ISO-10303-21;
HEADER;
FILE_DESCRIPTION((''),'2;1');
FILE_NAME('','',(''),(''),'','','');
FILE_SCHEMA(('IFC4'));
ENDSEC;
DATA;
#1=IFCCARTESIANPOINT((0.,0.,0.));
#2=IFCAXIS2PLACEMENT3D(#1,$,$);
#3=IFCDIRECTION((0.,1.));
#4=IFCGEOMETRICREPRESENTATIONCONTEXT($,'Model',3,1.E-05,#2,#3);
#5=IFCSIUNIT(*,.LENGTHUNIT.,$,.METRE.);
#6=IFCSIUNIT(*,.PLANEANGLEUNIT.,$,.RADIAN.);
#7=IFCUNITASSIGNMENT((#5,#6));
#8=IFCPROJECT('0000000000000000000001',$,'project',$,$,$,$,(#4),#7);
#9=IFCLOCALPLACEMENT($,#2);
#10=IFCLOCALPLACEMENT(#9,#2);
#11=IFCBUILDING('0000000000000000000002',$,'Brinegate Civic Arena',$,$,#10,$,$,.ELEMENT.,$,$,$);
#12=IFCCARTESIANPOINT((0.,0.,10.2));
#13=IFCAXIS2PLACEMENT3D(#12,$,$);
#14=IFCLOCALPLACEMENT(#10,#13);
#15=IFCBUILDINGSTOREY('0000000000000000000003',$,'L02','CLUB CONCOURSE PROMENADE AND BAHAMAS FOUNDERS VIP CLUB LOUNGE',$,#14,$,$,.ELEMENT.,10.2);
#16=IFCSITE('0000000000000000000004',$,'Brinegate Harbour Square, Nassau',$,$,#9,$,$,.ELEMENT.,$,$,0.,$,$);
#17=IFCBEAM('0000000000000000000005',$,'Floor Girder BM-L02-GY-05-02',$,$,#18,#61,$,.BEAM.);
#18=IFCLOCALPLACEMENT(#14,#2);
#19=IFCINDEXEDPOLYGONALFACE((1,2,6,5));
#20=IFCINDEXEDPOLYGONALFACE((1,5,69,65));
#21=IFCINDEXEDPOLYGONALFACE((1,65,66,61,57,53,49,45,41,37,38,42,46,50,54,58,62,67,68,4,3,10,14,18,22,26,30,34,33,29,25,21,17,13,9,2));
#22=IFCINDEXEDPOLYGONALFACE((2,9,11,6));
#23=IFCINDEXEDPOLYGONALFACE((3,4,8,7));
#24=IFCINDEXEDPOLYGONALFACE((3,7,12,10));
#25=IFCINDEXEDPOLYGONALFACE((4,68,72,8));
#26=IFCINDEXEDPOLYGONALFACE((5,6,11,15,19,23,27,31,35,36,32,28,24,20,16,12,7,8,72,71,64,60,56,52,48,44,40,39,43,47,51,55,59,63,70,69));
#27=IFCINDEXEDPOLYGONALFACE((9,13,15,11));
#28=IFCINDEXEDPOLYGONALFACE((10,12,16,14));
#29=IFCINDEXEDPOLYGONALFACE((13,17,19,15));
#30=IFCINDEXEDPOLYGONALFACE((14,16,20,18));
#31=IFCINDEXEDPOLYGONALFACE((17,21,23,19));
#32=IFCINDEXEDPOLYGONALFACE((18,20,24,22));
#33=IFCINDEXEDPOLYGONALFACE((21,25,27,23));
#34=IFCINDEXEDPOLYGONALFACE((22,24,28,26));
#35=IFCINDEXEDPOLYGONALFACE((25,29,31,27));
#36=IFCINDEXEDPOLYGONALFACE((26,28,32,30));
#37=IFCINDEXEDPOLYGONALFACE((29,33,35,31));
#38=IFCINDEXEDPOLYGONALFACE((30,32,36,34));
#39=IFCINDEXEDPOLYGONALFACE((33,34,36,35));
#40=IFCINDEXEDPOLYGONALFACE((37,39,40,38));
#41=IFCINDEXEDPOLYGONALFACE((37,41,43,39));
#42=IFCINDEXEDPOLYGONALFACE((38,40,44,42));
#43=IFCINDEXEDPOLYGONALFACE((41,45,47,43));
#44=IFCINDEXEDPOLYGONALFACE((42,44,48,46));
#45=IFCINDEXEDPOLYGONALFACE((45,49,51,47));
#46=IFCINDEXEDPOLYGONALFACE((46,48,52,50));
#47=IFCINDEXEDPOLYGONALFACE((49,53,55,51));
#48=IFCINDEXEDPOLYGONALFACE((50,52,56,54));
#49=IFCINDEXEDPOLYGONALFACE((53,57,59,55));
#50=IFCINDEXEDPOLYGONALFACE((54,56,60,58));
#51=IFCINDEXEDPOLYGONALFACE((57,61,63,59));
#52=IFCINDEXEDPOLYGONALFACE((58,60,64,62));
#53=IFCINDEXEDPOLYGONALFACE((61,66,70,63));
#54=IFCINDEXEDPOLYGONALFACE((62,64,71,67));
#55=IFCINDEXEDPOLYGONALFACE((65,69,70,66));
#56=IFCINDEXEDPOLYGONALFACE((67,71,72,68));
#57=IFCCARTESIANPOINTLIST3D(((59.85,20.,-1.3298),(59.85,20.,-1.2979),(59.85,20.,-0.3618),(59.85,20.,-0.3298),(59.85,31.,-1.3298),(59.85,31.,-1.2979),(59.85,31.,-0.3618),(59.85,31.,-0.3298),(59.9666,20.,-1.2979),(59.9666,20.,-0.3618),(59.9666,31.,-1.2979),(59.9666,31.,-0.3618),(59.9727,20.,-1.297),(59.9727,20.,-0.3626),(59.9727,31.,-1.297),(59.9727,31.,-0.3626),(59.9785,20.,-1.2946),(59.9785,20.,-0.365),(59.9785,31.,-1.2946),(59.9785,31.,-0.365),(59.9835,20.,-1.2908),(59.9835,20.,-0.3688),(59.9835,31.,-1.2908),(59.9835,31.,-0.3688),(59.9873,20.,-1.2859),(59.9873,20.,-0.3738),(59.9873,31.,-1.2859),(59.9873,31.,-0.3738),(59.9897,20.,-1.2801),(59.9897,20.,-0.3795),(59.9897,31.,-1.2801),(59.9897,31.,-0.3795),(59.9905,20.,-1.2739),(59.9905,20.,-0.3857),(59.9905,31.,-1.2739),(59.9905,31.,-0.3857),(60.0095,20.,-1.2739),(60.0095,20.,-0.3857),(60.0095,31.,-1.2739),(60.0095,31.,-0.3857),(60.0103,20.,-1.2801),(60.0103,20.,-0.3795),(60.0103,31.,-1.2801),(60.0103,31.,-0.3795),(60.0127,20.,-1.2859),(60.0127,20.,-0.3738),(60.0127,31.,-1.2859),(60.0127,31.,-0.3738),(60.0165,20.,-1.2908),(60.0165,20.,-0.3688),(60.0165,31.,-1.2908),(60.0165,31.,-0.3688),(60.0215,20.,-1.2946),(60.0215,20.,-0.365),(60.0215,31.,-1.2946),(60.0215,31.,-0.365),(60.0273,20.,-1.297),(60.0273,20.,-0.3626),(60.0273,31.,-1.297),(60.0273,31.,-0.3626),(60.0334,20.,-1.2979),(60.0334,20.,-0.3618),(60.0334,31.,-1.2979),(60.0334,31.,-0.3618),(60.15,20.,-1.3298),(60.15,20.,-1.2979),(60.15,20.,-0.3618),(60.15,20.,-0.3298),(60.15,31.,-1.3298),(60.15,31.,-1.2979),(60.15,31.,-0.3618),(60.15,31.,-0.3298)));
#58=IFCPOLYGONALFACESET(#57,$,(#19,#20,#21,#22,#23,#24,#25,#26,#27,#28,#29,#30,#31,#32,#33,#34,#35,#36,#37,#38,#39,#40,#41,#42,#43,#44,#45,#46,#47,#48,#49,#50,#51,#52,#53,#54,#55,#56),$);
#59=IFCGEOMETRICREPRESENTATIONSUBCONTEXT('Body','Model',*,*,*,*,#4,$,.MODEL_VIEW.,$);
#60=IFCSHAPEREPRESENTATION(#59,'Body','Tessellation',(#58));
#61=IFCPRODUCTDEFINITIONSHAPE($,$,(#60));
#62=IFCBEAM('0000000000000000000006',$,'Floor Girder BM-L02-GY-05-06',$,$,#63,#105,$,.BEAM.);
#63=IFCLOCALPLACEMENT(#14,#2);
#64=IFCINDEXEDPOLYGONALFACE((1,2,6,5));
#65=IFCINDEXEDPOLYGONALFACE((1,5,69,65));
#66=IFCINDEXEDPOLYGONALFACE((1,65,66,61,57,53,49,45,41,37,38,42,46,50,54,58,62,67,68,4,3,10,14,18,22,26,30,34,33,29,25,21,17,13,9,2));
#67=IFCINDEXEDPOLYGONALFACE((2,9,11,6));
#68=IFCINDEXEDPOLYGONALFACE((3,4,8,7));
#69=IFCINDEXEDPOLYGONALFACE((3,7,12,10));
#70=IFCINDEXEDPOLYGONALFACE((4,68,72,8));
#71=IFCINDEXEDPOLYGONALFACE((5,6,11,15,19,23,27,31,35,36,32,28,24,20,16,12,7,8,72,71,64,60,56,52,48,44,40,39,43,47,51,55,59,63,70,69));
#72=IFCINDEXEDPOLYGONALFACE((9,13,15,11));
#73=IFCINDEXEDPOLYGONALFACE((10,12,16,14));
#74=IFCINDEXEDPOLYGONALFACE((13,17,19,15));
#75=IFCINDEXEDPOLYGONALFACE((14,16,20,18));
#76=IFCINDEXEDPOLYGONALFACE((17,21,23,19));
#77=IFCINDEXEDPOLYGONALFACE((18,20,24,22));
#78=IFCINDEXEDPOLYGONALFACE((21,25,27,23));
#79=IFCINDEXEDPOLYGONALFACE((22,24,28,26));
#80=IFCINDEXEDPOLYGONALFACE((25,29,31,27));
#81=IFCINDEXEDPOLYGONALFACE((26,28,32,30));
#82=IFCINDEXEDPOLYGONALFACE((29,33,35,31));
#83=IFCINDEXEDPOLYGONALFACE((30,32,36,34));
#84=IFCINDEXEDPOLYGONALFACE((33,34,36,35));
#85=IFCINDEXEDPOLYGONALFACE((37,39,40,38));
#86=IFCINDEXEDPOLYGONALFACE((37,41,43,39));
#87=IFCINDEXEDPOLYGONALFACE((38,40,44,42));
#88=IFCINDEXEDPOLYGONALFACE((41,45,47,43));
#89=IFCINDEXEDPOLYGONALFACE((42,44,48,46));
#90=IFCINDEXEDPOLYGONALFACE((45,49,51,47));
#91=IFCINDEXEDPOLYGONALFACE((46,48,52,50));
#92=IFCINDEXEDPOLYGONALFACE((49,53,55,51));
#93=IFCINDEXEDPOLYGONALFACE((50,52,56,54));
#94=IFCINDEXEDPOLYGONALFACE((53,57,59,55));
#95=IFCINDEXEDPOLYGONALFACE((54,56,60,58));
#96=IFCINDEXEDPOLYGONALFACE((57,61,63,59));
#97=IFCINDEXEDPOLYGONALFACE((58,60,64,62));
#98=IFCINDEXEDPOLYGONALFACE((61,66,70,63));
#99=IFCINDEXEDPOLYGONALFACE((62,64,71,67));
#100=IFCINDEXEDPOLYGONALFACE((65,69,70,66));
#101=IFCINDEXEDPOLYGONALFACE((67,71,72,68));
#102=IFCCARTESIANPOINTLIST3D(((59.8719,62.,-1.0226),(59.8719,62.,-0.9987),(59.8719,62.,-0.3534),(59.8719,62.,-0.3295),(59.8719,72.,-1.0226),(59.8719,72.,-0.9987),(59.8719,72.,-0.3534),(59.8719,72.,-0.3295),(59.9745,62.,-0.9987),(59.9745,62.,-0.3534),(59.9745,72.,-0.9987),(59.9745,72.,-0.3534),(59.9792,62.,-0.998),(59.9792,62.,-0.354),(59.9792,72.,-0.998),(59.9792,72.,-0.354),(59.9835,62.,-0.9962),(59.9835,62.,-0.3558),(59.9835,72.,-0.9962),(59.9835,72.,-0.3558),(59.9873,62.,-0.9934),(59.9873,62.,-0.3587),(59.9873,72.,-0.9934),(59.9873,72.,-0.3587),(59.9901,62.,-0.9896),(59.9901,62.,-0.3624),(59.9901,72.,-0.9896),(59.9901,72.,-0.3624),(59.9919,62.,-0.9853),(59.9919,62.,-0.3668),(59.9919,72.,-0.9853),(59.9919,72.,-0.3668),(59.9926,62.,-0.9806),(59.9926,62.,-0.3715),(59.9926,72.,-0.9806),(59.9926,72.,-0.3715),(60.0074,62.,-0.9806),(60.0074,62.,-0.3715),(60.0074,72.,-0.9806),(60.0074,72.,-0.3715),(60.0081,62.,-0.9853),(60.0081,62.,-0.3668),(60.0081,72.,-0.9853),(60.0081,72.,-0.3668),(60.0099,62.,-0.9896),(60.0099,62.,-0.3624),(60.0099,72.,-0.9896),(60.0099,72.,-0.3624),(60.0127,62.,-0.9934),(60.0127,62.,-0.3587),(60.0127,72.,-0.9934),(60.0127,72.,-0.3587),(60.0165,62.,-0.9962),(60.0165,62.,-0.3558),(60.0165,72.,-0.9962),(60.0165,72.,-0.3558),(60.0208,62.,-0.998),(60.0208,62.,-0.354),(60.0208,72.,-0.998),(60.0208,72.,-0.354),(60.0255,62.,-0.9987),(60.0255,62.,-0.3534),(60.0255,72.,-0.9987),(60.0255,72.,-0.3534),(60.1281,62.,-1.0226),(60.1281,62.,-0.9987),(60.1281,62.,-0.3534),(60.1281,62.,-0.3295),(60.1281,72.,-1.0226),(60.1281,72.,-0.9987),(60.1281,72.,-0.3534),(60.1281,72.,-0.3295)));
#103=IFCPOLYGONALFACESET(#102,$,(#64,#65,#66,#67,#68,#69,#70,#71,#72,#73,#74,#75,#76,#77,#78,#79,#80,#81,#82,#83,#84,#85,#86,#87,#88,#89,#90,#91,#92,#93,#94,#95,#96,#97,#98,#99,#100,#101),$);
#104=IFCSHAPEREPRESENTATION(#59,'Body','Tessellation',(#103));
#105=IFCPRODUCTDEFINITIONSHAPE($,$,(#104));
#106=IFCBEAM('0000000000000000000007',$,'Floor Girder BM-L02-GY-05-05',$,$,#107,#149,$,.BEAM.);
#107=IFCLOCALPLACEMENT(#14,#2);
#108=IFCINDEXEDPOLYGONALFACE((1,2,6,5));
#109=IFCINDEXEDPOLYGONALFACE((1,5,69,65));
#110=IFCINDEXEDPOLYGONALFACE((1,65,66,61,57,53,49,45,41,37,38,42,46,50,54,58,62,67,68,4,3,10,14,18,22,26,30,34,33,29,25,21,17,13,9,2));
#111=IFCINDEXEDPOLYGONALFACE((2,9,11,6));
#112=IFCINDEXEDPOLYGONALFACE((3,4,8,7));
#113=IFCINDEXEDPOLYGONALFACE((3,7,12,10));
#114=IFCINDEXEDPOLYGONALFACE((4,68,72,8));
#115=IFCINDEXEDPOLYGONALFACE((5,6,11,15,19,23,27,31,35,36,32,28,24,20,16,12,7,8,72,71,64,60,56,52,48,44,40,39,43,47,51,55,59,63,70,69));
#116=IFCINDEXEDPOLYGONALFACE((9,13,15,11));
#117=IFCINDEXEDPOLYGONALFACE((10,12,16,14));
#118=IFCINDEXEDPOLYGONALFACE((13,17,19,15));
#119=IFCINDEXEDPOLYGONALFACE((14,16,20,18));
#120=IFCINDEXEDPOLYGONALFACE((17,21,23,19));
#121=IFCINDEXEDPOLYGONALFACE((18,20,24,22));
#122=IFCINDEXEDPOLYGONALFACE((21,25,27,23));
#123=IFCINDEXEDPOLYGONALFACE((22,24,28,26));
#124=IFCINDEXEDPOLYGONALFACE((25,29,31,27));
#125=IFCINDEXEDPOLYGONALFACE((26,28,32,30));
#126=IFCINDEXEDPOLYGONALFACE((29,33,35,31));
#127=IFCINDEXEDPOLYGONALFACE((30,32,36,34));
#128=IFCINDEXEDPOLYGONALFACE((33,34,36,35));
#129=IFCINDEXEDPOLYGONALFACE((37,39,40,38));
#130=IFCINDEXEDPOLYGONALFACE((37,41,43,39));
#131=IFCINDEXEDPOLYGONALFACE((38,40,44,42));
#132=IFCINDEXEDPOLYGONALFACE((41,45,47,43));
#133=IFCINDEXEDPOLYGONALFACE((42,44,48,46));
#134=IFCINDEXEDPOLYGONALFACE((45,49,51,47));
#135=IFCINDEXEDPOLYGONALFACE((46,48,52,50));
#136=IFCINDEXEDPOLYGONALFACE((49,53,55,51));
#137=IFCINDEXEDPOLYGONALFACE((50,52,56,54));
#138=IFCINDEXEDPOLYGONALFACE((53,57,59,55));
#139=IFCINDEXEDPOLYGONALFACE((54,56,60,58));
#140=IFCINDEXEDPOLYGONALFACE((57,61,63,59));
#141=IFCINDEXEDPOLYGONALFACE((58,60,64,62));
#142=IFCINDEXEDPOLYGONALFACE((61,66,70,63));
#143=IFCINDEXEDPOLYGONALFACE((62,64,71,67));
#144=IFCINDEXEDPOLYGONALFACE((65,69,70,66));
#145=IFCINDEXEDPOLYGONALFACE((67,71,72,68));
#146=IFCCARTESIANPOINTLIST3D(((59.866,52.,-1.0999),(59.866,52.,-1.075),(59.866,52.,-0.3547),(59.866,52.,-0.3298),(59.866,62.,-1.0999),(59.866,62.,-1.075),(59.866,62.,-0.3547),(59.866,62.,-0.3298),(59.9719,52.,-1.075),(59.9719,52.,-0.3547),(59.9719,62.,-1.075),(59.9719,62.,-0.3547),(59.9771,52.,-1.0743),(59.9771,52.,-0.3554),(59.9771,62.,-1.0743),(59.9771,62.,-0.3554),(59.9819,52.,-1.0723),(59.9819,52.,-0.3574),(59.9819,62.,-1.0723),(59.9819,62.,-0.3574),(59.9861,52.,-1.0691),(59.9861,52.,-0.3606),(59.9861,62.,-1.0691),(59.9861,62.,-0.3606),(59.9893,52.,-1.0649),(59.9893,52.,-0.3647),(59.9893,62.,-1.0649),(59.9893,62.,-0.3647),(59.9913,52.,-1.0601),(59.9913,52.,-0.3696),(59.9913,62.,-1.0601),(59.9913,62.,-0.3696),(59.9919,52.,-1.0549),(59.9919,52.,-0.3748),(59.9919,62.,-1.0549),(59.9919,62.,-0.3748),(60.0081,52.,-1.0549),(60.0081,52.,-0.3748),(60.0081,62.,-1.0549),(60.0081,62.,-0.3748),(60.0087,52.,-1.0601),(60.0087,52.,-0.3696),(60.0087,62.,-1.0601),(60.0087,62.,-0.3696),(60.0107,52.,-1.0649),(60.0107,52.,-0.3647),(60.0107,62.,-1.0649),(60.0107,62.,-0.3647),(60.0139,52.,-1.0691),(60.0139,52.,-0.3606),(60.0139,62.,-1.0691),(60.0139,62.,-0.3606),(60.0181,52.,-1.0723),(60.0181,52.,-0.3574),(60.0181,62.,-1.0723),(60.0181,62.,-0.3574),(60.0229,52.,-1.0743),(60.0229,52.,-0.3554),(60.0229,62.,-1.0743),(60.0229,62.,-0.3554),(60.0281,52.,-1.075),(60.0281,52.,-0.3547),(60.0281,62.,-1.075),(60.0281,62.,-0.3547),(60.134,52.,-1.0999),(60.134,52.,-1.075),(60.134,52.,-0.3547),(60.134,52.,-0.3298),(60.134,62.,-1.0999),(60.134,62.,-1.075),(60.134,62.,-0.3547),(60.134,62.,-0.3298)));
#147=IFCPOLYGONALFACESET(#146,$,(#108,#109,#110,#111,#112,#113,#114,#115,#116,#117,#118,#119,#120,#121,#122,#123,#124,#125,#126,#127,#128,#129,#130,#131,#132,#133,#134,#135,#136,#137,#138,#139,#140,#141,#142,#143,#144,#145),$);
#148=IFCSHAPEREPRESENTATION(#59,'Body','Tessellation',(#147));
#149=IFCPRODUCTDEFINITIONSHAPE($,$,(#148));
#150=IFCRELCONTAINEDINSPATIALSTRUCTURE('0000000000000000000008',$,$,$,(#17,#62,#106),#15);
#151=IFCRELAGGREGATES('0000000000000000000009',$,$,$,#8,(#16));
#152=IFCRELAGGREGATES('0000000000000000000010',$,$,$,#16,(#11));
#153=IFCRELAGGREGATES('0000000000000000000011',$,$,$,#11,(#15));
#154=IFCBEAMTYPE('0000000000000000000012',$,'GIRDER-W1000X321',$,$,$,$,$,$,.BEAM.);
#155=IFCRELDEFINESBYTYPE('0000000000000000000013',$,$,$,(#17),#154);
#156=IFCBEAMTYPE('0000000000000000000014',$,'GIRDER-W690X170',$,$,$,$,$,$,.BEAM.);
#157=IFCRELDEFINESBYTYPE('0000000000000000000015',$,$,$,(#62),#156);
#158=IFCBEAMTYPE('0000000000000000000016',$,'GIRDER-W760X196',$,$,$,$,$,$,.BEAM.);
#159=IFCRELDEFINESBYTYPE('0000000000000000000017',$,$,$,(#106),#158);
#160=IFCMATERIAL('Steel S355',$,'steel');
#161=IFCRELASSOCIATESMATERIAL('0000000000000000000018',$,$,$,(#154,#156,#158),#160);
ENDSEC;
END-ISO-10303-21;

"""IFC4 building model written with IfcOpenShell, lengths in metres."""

from ifc_helpers import new_model, si_unit, direction, frame, origin, origin_2d, place, context, subcontext, project, spatial, i_section, extrude, material, material_profile, profile_set, type_object, element, save


model = new_model("IFC4")

# Units and contexts
model_context = context("Model", 3, precision=1e-05, world=origin(), true_north=direction((0.0, 1.0)))
body_context = subcontext(model_context, "Body", "Model", "MODEL_VIEW")
ifc_project = project(units=[si_unit("LENGTHUNIT", "METRE"), si_unit("PLANEANGLEUNIT", "RADIAN")], contexts=[model_context])

# Site, building, storey
site_placement = place(None, origin())
site = spatial("IfcSite", under=ifc_project, at=site_placement, Name="Brinegate Harbour Square, Nassau", CompositionType="ELEMENT", RefElevation=0.0)
building_placement = place(site_placement, origin())
building = spatial("IfcBuilding", under=site, at=building_placement, Name="Brinegate Civic Arena", CompositionType="ELEMENT")
storey_placement = place(building_placement, frame((0.0, 0.0, 10.2)))
storey = spatial("IfcBuildingStorey", under=building, at=storey_placement, Name="L02", Description="CLUB CONCOURSE PROMENADE AND BAHAMAS FOUNDERS VIP CLUB LOUNGE", CompositionType="ELEMENT", Elevation=10.2)

# Beams
ifc_material_1 = material(Name="Steel S355", Category="steel")
ifc_material_profile_1 = material_profile(ifc_material_1, i_section(OverallWidth=0.3, OverallDepth=1.0, WebThickness=0.019, FlangeThickness=0.032, FilletRadius=0.0239, at=origin_2d()), Name="W1000X321")
ifc_profile_set_1 = profile_set([ifc_material_profile_1], Name="Steel S355")
beam_type_1 = type_object("IfcBeamType", Name="GIRDER-W1000X321", PredefinedType="BEAM", material=ifc_profile_set_1)
beam_1_placement = place(storey_placement, frame((60.0, 20.0, -0.8298), z_axis=(0.0, 1.0, 0.0), x_axis=(-1.0, 0.0, 0.0)))
element("IfcBeam", 1, at=beam_1_placement, inside=storey, type_object=beam_type_1, Name="Floor Girder BM-L02-GY-05-02", PredefinedType="BEAM", context=body_context, shape_type="SweptSolid", body=[
    extrude(i_section(OverallWidth=0.3, OverallDepth=1.0, WebThickness=0.019, FlangeThickness=0.032, FilletRadius=0.0239, at=origin_2d()), origin(), (0.0, 0.0, 1.0), 11.0),
])
ifc_material_profile_2 = material_profile(ifc_material_1, i_section(OverallWidth=0.2561, OverallDepth=0.6931, WebThickness=0.0149, FlangeThickness=0.0239, FilletRadius=0.0181, at=origin_2d()), Name="W690X170")
ifc_profile_set_2 = profile_set([ifc_material_profile_2], Name="Steel S355")
beam_type_2 = type_object("IfcBeamType", Name="GIRDER-W690X170", PredefinedType="BEAM", material=ifc_profile_set_2)
beam_2_placement = place(storey_placement, frame((60.0, 62.0, -0.676), z_axis=(0.0, 1.0, 0.0), x_axis=(-1.0, 0.0, 0.0)))
element("IfcBeam", 2, at=beam_2_placement, inside=storey, type_object=beam_type_2, Name="Floor Girder BM-L02-GY-05-06", PredefinedType="BEAM", context=body_context, shape_type="SweptSolid", body=[
    extrude(i_section(OverallWidth=0.2561, OverallDepth=0.6931, WebThickness=0.0149, FlangeThickness=0.0239, FilletRadius=0.0181, at=origin_2d()), origin(), (0.0, 0.0, 1.0), 10.0),
])
ifc_material_profile_3 = material_profile(ifc_material_1, i_section(OverallWidth=0.2681, OverallDepth=0.77, WebThickness=0.0161, FlangeThickness=0.0249, FilletRadius=0.02, at=origin_2d()), Name="W760X196")
ifc_profile_set_3 = profile_set([ifc_material_profile_3], Name="Steel S355")
beam_type_3 = type_object("IfcBeamType", Name="GIRDER-W760X196", PredefinedType="BEAM", material=ifc_profile_set_3)
beam_3_placement = place(storey_placement, frame((60.0, 52.0, -0.7148), z_axis=(0.0, 1.0, 0.0), x_axis=(-1.0, 0.0, 0.0)))
element("IfcBeam", 3, at=beam_3_placement, inside=storey, type_object=beam_type_3, Name="Floor Girder BM-L02-GY-05-05", PredefinedType="BEAM", context=body_context, shape_type="SweptSolid", body=[
    extrude(i_section(OverallWidth=0.2681, OverallDepth=0.77, WebThickness=0.0161, FlangeThickness=0.0249, FilletRadius=0.02, at=origin_2d()), origin(), (0.0, 0.0, 1.0), 10.0),
])

save(model, "model.ifc")
